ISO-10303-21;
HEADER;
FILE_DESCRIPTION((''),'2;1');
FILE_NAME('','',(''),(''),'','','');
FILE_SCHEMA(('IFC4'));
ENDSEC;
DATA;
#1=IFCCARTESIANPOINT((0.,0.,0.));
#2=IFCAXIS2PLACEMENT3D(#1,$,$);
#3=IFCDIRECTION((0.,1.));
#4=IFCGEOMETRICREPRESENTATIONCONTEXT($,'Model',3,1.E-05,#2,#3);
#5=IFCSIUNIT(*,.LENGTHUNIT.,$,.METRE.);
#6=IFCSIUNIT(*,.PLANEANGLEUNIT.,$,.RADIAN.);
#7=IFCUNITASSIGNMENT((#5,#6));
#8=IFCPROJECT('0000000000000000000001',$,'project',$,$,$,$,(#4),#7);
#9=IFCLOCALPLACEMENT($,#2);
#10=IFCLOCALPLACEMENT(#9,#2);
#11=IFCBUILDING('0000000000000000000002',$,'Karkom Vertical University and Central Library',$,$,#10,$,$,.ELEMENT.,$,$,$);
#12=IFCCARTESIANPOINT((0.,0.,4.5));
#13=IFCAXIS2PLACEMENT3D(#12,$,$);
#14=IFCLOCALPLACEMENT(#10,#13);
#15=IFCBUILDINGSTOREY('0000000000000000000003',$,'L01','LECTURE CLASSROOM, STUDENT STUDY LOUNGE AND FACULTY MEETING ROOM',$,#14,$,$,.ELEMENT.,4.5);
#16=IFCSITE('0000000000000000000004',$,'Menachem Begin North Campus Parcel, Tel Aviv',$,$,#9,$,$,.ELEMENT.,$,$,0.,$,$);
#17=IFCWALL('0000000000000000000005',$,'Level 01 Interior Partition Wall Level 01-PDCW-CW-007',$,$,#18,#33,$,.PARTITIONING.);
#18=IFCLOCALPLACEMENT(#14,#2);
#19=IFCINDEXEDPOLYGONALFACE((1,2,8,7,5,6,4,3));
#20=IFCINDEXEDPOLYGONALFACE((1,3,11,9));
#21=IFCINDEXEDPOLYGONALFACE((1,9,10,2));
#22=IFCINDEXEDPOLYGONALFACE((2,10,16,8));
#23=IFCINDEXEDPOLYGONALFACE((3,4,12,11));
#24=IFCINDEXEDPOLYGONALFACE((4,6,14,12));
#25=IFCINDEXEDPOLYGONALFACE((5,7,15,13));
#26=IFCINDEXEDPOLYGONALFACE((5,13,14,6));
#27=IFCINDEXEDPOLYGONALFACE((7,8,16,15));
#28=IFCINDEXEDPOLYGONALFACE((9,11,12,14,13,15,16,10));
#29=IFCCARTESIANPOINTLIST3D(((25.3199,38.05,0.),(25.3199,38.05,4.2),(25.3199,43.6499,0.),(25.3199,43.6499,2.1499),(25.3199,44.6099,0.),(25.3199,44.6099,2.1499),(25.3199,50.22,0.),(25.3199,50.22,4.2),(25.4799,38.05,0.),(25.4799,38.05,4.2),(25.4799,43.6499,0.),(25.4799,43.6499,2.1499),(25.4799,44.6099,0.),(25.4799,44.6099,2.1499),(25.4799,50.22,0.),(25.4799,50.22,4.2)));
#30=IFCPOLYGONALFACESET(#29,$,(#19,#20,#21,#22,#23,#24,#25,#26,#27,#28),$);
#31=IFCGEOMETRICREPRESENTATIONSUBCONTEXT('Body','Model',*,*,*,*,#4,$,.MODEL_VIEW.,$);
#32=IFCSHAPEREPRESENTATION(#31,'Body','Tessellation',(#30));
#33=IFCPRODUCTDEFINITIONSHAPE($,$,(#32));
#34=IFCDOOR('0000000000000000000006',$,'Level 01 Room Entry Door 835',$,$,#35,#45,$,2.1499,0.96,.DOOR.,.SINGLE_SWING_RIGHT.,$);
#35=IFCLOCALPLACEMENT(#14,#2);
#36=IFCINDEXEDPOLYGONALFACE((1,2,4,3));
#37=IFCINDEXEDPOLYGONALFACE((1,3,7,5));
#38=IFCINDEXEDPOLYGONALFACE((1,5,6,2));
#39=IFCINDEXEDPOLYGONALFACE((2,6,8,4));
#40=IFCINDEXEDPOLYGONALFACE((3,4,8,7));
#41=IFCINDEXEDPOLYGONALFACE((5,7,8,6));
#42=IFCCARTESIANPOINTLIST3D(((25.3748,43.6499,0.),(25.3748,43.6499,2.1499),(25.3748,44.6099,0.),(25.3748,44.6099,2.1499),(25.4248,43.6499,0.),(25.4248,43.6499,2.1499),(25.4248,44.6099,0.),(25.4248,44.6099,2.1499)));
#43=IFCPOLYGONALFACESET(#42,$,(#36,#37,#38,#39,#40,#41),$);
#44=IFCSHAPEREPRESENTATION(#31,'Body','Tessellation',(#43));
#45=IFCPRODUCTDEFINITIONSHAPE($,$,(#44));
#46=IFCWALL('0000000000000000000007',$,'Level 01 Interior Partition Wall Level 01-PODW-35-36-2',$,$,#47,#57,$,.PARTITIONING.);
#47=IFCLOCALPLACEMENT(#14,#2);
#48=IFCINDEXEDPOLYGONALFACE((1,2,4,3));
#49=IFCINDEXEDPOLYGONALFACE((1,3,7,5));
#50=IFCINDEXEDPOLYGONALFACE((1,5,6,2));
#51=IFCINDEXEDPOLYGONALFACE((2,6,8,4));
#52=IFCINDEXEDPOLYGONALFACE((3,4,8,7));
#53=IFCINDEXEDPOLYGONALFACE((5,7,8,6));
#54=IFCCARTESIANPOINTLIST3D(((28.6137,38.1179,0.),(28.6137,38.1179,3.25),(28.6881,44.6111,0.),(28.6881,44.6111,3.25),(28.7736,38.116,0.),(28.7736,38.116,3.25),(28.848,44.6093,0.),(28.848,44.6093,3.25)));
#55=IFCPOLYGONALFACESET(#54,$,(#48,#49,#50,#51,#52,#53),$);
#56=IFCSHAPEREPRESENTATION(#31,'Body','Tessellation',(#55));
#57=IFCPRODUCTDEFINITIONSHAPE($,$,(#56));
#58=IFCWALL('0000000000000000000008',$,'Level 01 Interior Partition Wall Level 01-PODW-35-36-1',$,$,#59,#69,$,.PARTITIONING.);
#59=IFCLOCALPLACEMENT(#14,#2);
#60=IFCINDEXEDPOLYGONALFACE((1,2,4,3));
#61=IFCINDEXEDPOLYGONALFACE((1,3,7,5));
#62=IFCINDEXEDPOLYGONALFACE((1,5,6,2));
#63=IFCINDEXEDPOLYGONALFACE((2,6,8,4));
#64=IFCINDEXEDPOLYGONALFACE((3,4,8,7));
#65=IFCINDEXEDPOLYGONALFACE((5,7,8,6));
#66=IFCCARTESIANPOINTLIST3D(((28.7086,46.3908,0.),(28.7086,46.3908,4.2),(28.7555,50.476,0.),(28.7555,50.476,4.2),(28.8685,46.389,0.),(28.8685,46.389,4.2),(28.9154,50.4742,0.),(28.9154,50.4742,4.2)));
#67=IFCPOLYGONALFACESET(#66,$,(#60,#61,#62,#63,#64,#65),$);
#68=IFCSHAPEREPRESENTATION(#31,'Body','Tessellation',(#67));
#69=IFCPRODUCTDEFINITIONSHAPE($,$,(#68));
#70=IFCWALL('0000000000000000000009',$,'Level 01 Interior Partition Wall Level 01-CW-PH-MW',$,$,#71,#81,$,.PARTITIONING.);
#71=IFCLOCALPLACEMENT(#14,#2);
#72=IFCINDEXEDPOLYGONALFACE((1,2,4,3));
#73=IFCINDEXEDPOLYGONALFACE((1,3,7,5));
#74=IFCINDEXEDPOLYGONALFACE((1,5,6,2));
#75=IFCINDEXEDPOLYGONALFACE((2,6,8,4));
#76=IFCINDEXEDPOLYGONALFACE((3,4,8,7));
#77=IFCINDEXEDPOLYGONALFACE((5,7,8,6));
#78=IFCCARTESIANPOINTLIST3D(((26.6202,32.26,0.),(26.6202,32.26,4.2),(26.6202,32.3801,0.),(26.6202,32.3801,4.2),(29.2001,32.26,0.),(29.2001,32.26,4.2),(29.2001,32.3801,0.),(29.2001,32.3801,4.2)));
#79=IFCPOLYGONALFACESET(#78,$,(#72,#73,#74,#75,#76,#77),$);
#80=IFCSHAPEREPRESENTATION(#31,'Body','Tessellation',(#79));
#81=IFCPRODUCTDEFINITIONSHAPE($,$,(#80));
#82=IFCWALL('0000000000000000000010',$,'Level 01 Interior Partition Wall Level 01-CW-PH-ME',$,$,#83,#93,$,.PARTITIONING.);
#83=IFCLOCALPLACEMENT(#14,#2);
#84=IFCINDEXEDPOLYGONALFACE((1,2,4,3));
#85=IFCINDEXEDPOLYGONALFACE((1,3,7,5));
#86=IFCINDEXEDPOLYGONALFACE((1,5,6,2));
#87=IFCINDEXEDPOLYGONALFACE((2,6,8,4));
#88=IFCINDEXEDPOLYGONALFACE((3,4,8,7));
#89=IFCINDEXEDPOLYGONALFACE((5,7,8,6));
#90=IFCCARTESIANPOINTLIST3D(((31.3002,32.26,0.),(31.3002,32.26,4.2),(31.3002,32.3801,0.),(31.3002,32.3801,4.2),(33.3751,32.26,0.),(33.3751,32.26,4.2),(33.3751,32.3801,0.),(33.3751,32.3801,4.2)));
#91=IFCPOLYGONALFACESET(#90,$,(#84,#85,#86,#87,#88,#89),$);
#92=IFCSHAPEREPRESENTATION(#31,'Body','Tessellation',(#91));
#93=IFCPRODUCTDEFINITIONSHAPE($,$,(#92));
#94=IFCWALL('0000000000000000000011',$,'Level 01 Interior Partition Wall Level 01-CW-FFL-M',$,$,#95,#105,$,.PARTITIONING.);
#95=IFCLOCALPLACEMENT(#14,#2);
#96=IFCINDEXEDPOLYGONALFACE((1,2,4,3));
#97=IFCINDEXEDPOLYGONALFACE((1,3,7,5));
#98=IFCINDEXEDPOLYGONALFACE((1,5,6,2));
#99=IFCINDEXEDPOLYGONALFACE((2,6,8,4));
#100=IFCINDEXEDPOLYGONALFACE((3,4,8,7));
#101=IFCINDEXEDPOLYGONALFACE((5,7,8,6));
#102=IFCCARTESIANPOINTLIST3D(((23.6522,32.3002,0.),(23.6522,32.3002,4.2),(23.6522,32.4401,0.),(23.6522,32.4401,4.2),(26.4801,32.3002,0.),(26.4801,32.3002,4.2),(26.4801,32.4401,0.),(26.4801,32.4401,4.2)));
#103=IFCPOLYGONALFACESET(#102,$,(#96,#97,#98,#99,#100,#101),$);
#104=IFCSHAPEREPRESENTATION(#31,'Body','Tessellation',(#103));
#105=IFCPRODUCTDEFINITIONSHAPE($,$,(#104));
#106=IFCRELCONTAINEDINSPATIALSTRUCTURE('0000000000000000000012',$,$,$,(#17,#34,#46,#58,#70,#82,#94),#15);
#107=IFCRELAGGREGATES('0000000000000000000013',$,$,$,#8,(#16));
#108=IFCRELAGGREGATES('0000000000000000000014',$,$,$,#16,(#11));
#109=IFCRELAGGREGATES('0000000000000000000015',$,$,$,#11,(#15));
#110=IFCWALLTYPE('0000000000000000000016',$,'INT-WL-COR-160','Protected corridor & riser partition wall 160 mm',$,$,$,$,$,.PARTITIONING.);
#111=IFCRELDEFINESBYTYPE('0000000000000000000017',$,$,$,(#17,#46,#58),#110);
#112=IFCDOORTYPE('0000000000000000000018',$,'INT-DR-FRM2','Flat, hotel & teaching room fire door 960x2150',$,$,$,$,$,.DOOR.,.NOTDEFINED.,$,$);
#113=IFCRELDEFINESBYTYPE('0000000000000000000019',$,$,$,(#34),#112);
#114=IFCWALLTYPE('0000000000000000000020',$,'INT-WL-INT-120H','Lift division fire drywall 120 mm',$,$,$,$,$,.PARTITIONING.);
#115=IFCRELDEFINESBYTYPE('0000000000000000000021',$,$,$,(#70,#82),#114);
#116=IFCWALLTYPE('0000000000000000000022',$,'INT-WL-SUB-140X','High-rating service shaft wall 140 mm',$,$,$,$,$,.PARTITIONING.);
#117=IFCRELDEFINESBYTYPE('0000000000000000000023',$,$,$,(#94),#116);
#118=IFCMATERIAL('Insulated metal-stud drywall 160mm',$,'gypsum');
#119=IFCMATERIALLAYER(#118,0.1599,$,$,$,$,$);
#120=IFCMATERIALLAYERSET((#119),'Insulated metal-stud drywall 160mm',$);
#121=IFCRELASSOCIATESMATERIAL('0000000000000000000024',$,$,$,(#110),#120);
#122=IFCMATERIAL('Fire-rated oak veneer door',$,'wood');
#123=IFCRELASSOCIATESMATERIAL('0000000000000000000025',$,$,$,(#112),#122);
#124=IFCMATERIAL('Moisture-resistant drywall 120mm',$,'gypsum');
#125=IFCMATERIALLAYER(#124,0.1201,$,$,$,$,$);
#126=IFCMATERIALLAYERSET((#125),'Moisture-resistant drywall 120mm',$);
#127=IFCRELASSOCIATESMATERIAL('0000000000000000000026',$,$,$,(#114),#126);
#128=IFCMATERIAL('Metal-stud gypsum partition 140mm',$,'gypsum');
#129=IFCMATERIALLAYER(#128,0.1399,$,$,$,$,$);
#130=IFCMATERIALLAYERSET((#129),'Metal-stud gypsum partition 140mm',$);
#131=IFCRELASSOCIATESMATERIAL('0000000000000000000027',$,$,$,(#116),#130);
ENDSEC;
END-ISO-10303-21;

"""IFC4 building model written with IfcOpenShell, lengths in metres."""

from ifc_helpers import new_model, si_unit, direction, frame, frame_2d, origin, origin_with_axes, place, context, subcontext, project, spatial, rectangle, extrude, source, transform, mapped, material, layer, layer_set, type_object, element, fill, save


model = new_model("IFC4")

# Units and contexts
model_context = context("Model", 3, precision=1e-05, world=origin(), true_north=direction((0.0, 1.0)))
body_context = subcontext(model_context, "Body", "Model", "MODEL_VIEW")
ifc_project = project(units=[si_unit("LENGTHUNIT", "METRE"), si_unit("PLANEANGLEUNIT", "RADIAN")], contexts=[model_context])

# Site, building, storey
site_placement = place(None, origin())
site = spatial("IfcSite", under=ifc_project, at=site_placement, Name="Menachem Begin North Campus Parcel, Tel Aviv", CompositionType="ELEMENT", RefElevation=0.0)
building_placement = place(site_placement, origin())
building = spatial("IfcBuilding", under=site, at=building_placement, Name="Karkom Vertical University and Central Library", CompositionType="ELEMENT")
storey_placement = place(building_placement, frame((0.0, 0.0, 4.5)))
storey = spatial("IfcBuildingStorey", under=building, at=storey_placement, Name="L01", Description="LECTURE CLASSROOM, STUDENT STUDY LOUNGE AND FACULTY MEETING ROOM", CompositionType="ELEMENT", Elevation=4.5)

# Shared definitions
ifc_material_1 = material(Name="Insulated metal-stud drywall 160mm", Category="gypsum")
ifc_layer_1 = layer(ifc_material_1, 0.1599)
ifc_layer_set_1 = layer_set([ifc_layer_1], Name="Insulated metal-stud drywall 160mm")
wall_type_1 = type_object("IfcWallType", Name="INT-WL-COR-160", Description="Protected corridor & riser partition wall 160 mm", PredefinedType="PARTITIONING", material=ifc_layer_set_1)
ifc_material_2 = material(Name="Fire-rated oak veneer door", Category="wood")
door_type_1 = type_object("IfcDoorType", Name="INT-DR-FRM2", Description="Flat, hotel & teaching room fire door 960x2150", OperationType="NOTDEFINED", PredefinedType="DOOR", material=ifc_material_2)
shared_shape_1 = source(origin_with_axes(), body_context, "Body", "SweptSolid", [
    extrude(rectangle(XDim=0.96, YDim=2.1499, at=frame_2d((0.48, 1.075))), frame((0.0, 0.0249, 0.0), z_axis=(0.0, -1.0, 0.0), x_axis=(1.0, 0.0, 0.0)), (0.0, 0.0, 1.0), 0.05),
])

# Wall, opening, door
wall_1_placement = place(storey_placement, frame((25.3999, 50.22, 0.0), z_axis=(0.0, 0.0, 1.0), x_axis=(0.0, -1.0, 0.0)))
wall_1 = element("IfcWall", 1, at=wall_1_placement, inside=storey, type_object=wall_type_1, Name="Level 01 Interior Partition Wall Level 01-PDCW-CW-007", PredefinedType="PARTITIONING", context=body_context, shape_type="SweptSolid", body=[
    extrude(rectangle(XDim=12.1699, YDim=0.1599, at=frame_2d((6.085, 0.0))), origin(), (0.0, 0.0, 1.0), 4.2),
])
opening_1_placement = place(wall_1_placement, frame((5.6101, 0.0, 0.0)))
opening_1 = element("IfcOpeningElement", 2, at=opening_1_placement, cuts=wall_1, PredefinedType="OPENING", context=body_context, shape_type="SweptSolid", body=[
    extrude(rectangle(XDim=0.96, YDim=2.1499, at=frame_2d((0.48, 1.075))), frame((0.0, 0.0898, 0.0), z_axis=(0.0, -1.0, 0.0), x_axis=(1.0, 0.0, 0.0)), (0.0, 0.0, 1.0), 0.1799),
])
door_1_placement = place(opening_1_placement, origin())
door_1 = element("IfcDoor", 3, at=door_1_placement, inside=storey, type_object=door_type_1, Name="Level 01 Room Entry Door 835", OperationType="SINGLE_SWING_RIGHT", OverallHeight=2.1499, OverallWidth=0.96, PredefinedType="DOOR", context=body_context, shape_type="MappedRepresentation", body=[
    mapped(shared_shape_1, transform((0.0, 0.0, 0.0), scale=1.0)),
])
fill(opening_1, door_1)

# Walls
wall_2_placement = place(storey_placement, frame((28.6936, 38.1169, 0.0), z_axis=(0.0, 0.0, 1.0), x_axis=(0.011467, 0.999934, 0.0)))
element("IfcWall", 4, at=wall_2_placement, inside=storey, type_object=wall_type_1, Name="Level 01 Interior Partition Wall Level 01-PODW-35-36-2", PredefinedType="PARTITIONING", context=body_context, shape_type="SweptSolid", body=[
    extrude(rectangle(XDim=6.4937, YDim=0.1599, at=frame_2d((3.2468, 0.0))), origin(), (0.0, 0.0, 1.0), 3.25),
])
wall_3_placement = place(storey_placement, frame((28.7886, 46.3899, 0.0), z_axis=(0.0, 0.0, 1.0), x_axis=(0.011474, 0.999934, 0.0)))
element("IfcWall", 5, at=wall_3_placement, inside=storey, type_object=wall_type_1, Name="Level 01 Interior Partition Wall Level 01-PODW-35-36-1", PredefinedType="PARTITIONING", context=body_context, shape_type="SweptSolid", body=[
    extrude(rectangle(XDim=4.0854, YDim=0.1599, at=frame_2d((2.0427, 0.0))), origin(), (0.0, 0.0, 1.0), 4.2),
])
ifc_material_3 = material(Name="Moisture-resistant drywall 120mm", Category="gypsum")
ifc_layer_2 = layer(ifc_material_3, 0.1201)
ifc_layer_set_2 = layer_set([ifc_layer_2], Name="Moisture-resistant drywall 120mm")
wall_type_2 = type_object("IfcWallType", Name="INT-WL-INT-120H", Description="Lift division fire drywall 120 mm", PredefinedType="PARTITIONING", material=ifc_layer_set_2)
wall_4_placement = place(storey_placement, frame((26.6201, 32.3201, 0.0), z_axis=(0.0, 0.0, 1.0), x_axis=(1.0, 0.0, 0.0)))
element("IfcWall", 6, at=wall_4_placement, inside=storey, type_object=wall_type_2, Name="Level 01 Interior Partition Wall Level 01-CW-PH-MW", PredefinedType="PARTITIONING", context=body_context, shape_type="SweptSolid", body=[
    extrude(rectangle(XDim=2.5798, YDim=0.1201, at=frame_2d((1.29, 0.0))), origin(), (0.0, 0.0, 1.0), 4.2),
])
wall_5_placement = place(storey_placement, frame((31.3, 32.3201, 0.0), z_axis=(0.0, 0.0, 1.0), x_axis=(1.0, 0.0, 0.0)))
element("IfcWall", 7, at=wall_5_placement, inside=storey, type_object=wall_type_2, Name="Level 01 Interior Partition Wall Level 01-CW-PH-ME", PredefinedType="PARTITIONING", context=body_context, shape_type="SweptSolid", body=[
    extrude(rectangle(XDim=2.075, YDim=0.1201, at=frame_2d((1.0376, 0.0))), origin(), (0.0, 0.0, 1.0), 4.2),
])
ifc_material_4 = material(Name="Metal-stud gypsum partition 140mm", Category="gypsum")
ifc_layer_3 = layer(ifc_material_4, 0.1399)
ifc_layer_set_3 = layer_set([ifc_layer_3], Name="Metal-stud gypsum partition 140mm")
wall_type_3 = type_object("IfcWallType", Name="INT-WL-SUB-140X", Description="High-rating service shaft wall 140 mm", PredefinedType="PARTITIONING", material=ifc_layer_set_3)
wall_6_placement = place(storey_placement, frame((23.6521, 32.3701, 0.0), z_axis=(0.0, 0.0, 1.0), x_axis=(1.0, 0.0, 0.0)))
element("IfcWall", 8, at=wall_6_placement, inside=storey, type_object=wall_type_3, Name="Level 01 Interior Partition Wall Level 01-CW-FFL-M", PredefinedType="PARTITIONING", context=body_context, shape_type="SweptSolid", body=[
    extrude(rectangle(XDim=2.8279, YDim=0.1399, at=frame_2d((1.4141, 0.0))), origin(), (0.0, 0.0, 1.0), 4.2),
])

save(model, "model.ifc")
